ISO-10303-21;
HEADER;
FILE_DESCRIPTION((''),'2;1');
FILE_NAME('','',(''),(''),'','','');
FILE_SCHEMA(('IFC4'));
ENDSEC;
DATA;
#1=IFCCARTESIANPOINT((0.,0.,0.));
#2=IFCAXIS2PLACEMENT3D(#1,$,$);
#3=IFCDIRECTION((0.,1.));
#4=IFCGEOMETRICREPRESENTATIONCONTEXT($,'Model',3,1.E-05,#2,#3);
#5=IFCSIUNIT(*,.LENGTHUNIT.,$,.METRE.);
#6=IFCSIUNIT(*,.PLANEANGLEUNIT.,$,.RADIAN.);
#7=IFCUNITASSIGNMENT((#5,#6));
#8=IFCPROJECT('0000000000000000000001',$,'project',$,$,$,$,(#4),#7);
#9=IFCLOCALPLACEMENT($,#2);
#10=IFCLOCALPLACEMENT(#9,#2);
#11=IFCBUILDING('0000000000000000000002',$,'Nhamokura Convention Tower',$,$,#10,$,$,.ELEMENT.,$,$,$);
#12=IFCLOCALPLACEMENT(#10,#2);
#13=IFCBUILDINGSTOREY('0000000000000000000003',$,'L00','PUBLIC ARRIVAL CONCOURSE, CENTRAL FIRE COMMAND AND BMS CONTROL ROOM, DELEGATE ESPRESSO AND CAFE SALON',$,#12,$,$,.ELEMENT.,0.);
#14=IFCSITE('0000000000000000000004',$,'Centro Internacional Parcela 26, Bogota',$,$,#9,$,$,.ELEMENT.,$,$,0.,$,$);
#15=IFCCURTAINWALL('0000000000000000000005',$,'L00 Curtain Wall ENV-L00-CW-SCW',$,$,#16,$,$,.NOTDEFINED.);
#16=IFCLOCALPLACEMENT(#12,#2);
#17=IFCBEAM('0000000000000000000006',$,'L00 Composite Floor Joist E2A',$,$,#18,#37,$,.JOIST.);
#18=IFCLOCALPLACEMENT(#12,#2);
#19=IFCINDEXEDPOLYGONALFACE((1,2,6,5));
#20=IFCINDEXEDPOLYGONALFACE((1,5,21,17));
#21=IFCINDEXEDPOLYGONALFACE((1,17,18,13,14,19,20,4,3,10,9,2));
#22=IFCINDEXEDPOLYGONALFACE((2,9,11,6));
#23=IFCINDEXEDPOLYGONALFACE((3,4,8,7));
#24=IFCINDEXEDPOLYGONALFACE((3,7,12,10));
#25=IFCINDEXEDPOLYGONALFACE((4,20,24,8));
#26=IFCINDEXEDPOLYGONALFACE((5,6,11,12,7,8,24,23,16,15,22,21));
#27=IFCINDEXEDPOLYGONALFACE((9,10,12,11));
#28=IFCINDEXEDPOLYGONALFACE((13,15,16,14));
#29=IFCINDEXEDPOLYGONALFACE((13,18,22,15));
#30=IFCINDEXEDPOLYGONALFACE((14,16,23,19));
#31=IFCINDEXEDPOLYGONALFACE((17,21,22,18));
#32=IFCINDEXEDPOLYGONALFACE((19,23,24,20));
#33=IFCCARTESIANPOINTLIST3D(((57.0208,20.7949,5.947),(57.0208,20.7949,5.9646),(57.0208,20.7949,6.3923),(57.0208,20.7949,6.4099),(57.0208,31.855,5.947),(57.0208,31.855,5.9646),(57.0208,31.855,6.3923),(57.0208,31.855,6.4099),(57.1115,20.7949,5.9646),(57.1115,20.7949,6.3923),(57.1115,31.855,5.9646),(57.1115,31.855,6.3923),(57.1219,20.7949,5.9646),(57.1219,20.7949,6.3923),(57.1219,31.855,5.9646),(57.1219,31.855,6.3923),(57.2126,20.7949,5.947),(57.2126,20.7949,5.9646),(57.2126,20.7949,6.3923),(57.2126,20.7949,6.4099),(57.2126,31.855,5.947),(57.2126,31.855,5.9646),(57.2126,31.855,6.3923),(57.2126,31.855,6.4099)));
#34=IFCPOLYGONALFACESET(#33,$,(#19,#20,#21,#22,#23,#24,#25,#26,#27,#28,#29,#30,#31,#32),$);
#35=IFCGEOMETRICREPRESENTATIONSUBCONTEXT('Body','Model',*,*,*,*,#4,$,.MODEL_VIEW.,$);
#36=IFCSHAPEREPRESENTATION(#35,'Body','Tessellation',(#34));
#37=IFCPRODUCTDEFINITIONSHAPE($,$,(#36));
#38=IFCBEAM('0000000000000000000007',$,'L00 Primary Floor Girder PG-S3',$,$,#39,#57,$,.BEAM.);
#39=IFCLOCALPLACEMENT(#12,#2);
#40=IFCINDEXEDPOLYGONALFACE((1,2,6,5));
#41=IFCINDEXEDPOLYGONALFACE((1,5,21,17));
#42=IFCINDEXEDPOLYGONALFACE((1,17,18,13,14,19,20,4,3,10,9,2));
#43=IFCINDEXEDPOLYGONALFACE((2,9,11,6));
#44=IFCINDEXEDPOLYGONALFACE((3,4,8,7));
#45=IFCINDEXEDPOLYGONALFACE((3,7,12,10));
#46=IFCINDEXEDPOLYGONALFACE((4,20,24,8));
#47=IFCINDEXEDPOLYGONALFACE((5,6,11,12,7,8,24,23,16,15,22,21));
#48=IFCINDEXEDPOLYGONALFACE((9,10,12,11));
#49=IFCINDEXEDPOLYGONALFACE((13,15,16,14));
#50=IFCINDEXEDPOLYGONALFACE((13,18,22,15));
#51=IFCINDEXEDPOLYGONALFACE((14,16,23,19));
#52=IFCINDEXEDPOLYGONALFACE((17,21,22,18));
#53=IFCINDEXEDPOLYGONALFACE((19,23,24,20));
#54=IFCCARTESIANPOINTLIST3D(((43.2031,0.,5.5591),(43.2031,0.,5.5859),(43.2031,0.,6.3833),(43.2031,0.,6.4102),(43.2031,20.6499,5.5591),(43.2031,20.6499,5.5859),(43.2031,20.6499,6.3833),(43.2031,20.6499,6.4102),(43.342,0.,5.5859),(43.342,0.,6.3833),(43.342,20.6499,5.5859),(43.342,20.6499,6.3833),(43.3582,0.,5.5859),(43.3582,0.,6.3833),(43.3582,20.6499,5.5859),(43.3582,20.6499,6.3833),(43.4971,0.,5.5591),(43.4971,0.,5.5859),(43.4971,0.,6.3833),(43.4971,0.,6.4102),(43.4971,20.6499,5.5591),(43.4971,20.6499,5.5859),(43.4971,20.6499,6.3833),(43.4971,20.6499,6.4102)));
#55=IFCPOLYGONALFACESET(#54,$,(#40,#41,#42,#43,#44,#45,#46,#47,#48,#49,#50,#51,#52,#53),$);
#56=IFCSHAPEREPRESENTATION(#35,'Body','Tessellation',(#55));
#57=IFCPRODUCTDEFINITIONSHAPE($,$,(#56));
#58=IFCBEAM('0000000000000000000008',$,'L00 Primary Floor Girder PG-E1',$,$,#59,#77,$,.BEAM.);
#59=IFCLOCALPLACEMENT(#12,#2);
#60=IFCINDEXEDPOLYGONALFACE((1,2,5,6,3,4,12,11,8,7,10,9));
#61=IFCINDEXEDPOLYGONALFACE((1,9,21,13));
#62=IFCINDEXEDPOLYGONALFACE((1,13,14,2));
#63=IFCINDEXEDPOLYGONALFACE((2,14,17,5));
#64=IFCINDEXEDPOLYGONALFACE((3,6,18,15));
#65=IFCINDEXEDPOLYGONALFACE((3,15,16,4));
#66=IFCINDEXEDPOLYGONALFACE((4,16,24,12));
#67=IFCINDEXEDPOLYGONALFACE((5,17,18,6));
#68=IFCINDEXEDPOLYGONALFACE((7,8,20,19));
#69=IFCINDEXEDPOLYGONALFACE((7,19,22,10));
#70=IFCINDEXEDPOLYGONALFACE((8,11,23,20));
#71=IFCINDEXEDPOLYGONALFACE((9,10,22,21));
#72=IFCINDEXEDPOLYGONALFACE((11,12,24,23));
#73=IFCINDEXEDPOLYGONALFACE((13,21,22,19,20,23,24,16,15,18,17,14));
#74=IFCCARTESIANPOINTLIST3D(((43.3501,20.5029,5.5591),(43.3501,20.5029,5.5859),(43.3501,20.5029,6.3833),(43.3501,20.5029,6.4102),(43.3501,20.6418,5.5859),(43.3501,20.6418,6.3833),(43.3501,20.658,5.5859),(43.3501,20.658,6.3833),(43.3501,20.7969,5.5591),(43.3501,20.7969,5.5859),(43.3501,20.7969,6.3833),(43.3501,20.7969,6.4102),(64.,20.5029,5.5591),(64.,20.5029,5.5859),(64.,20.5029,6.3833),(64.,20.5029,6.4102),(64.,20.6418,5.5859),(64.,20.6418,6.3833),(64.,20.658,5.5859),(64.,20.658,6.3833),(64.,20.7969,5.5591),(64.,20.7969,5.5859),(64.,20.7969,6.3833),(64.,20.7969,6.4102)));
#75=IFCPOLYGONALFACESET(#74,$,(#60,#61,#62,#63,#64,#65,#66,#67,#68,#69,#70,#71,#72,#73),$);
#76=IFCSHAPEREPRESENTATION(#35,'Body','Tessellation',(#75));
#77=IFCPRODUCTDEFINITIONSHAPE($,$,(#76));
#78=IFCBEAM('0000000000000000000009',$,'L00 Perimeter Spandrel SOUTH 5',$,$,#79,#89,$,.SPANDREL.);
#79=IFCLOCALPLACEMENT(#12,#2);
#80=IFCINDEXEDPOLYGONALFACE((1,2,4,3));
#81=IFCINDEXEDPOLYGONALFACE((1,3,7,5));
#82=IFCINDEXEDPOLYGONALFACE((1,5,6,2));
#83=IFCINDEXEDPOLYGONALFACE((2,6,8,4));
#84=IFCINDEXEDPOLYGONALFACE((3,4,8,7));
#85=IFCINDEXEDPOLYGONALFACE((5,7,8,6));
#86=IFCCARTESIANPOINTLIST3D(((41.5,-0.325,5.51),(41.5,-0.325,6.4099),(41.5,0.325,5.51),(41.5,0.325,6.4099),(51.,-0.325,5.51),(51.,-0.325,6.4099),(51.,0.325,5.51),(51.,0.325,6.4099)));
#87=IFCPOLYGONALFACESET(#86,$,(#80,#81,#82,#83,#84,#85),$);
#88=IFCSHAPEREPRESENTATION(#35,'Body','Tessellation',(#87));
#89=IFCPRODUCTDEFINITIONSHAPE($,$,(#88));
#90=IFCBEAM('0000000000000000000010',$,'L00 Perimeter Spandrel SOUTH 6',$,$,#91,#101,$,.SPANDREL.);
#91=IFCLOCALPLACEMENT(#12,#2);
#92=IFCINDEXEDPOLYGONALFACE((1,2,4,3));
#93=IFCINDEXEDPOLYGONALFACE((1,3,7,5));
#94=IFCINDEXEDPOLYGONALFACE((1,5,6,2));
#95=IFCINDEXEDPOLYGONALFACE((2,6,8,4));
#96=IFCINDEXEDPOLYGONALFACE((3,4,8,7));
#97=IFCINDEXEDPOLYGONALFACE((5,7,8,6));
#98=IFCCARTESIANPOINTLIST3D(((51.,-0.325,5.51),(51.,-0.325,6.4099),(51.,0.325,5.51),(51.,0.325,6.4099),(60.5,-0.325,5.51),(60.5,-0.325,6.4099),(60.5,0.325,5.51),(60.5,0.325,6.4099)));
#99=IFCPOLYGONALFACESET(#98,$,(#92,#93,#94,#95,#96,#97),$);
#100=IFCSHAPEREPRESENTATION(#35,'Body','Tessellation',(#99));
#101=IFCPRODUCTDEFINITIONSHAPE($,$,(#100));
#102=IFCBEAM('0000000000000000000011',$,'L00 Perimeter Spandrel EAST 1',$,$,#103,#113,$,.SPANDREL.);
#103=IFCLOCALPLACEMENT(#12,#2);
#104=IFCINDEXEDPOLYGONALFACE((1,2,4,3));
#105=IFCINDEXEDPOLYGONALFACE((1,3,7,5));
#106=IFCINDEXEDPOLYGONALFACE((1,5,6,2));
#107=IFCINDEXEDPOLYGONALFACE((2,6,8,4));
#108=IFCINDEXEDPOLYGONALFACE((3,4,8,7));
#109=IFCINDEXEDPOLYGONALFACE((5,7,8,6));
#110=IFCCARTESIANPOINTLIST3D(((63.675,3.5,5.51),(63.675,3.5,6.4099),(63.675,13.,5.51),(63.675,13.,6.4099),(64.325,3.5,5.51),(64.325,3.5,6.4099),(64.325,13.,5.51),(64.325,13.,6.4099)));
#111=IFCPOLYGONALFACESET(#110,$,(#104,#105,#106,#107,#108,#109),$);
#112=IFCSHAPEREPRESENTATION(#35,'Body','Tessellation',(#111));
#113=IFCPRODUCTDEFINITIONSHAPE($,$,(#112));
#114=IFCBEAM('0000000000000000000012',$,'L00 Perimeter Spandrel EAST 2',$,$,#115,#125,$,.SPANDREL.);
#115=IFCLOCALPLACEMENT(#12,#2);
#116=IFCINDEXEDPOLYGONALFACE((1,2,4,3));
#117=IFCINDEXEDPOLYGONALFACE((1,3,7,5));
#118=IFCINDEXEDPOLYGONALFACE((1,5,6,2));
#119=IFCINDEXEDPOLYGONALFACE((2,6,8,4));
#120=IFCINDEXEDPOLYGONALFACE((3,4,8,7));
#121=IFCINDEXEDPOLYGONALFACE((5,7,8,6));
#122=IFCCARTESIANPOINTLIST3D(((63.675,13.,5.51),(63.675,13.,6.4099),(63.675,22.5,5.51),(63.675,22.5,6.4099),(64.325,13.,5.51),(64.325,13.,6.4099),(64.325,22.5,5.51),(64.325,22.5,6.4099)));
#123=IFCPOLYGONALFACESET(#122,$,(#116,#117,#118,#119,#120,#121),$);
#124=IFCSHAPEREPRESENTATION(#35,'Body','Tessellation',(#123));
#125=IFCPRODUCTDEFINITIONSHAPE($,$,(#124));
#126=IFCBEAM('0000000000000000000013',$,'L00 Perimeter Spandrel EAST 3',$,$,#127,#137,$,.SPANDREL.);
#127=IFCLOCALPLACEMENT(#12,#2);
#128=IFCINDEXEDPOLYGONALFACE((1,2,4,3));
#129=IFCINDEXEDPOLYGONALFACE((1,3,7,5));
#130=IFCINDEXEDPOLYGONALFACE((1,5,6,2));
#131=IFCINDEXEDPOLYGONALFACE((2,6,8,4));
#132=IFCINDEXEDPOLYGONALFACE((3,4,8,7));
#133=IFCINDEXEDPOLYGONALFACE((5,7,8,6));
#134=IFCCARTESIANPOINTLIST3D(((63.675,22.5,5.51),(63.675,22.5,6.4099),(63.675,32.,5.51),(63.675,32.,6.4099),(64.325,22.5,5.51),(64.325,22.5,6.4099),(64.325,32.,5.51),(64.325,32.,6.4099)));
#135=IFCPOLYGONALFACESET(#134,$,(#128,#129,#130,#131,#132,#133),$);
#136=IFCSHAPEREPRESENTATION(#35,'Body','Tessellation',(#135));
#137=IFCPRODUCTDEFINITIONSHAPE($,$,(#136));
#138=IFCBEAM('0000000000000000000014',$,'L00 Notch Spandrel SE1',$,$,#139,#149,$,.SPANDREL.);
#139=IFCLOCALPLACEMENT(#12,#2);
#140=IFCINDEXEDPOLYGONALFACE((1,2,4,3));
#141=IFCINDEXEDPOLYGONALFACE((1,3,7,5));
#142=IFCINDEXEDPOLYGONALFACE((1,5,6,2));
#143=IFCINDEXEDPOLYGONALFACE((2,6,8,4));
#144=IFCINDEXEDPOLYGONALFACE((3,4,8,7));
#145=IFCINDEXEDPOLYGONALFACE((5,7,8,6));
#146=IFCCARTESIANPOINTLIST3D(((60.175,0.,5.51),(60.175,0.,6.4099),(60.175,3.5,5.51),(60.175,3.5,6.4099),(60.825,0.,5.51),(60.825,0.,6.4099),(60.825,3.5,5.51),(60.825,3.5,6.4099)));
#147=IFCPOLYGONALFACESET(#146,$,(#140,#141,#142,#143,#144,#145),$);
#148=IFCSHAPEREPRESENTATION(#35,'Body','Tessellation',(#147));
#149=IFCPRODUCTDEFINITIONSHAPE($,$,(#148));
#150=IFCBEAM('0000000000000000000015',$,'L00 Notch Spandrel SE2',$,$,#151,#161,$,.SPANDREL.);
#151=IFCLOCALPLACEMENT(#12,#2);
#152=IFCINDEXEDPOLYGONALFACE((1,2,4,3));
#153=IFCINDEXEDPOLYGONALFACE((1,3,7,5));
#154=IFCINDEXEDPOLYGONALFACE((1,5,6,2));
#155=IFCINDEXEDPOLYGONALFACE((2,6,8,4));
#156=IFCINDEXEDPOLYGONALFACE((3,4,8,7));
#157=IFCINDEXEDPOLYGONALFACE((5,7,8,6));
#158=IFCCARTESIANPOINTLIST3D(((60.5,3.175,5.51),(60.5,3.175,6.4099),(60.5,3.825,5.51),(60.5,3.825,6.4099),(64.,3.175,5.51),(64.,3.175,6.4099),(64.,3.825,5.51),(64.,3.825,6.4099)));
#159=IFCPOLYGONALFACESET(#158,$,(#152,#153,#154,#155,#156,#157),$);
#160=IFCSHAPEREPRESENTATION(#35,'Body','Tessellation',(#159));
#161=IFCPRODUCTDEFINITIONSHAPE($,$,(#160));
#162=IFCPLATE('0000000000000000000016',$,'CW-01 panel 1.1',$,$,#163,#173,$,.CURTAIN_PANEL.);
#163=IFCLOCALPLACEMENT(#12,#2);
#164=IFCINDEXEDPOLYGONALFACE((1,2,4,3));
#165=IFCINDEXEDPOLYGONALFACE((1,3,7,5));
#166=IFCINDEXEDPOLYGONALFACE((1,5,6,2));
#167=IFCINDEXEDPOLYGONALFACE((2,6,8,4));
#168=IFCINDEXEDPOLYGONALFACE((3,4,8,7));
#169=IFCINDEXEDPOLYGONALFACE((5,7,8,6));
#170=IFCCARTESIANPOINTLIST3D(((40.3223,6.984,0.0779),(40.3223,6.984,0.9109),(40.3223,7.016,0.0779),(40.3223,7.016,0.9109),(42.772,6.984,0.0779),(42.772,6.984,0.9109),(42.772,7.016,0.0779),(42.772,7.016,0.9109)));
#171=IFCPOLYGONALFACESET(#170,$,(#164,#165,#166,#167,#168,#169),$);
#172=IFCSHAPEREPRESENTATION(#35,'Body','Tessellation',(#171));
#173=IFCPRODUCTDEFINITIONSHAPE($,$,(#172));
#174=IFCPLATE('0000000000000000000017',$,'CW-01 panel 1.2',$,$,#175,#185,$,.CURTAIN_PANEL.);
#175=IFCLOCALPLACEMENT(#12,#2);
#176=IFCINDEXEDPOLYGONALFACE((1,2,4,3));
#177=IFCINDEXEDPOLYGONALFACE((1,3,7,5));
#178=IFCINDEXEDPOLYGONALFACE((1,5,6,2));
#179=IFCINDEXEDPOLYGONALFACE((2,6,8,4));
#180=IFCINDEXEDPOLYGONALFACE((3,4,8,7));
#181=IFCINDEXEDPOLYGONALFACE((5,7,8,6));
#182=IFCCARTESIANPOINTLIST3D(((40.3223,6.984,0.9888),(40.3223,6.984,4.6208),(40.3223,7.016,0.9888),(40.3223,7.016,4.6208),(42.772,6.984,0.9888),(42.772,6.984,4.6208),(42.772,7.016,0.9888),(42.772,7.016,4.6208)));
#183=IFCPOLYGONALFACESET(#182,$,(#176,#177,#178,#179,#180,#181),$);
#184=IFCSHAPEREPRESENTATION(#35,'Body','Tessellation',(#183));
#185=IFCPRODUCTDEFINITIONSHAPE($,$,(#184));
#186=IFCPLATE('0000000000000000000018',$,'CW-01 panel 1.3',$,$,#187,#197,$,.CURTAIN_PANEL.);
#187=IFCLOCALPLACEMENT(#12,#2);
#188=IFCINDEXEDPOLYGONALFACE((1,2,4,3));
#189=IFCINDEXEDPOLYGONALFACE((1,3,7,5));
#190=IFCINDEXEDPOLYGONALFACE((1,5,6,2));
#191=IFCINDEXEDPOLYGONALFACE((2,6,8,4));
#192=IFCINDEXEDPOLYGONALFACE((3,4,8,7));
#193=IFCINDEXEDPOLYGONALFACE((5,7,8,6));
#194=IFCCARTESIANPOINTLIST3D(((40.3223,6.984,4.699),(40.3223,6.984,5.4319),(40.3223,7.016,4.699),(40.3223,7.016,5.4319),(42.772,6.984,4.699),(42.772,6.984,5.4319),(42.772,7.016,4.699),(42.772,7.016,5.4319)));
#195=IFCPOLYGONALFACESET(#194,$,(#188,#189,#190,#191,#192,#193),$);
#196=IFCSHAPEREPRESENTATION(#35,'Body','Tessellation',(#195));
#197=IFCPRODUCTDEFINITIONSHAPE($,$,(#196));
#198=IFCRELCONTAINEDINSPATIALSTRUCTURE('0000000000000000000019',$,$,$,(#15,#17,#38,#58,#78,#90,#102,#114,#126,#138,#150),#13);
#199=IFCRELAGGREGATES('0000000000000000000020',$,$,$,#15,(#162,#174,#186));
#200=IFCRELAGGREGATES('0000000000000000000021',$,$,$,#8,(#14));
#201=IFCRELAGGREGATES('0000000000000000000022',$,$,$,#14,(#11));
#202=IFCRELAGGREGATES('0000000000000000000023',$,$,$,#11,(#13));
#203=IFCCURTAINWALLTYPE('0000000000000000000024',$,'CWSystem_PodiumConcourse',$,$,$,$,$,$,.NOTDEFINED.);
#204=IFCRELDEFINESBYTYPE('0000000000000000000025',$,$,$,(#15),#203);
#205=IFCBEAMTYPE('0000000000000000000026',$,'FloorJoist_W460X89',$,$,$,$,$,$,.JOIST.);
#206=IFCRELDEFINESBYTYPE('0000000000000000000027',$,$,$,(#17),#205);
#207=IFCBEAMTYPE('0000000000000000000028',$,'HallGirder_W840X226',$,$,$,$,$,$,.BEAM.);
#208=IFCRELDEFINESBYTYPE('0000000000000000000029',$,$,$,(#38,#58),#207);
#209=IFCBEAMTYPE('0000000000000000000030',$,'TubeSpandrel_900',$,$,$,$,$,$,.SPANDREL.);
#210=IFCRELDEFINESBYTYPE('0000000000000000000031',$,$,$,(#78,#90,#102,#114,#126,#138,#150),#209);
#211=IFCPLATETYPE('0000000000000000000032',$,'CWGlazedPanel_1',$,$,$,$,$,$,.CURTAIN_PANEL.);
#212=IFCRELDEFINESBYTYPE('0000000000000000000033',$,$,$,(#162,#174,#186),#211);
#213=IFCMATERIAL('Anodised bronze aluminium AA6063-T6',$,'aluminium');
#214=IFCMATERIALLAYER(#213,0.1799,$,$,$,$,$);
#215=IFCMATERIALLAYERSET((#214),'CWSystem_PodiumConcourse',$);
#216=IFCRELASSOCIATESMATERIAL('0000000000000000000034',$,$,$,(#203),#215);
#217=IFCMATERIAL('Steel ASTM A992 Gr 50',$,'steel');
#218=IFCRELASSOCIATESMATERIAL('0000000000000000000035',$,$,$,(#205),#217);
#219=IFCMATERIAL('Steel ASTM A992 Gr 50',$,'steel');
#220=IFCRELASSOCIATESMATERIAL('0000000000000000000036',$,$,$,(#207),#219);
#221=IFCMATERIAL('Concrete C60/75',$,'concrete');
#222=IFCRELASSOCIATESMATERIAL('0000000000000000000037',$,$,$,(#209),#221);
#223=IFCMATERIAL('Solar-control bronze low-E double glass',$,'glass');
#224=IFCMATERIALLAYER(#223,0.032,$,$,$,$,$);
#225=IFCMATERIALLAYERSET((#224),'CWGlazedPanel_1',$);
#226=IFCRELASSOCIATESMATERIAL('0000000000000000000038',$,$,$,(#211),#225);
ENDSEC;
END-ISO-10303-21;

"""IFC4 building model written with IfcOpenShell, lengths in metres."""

from ifc_helpers import new_model, si_unit, direction, frame, origin, origin_2d, place, context, subcontext, project, spatial, rectangle, i_section, extrude, material, layer, layer_set, material_profile, profile_set, type_object, element, aggregate, save


model = new_model("IFC4")

# Units and contexts
model_context = context("Model", 3, precision=1e-05, world=origin(), true_north=direction((0.0, 1.0)))
body_context = subcontext(model_context, "Body", "Model", "MODEL_VIEW")
ifc_project = project(units=[si_unit("LENGTHUNIT", "METRE"), si_unit("PLANEANGLEUNIT", "RADIAN")], contexts=[model_context])

# Site, building, storey
site_placement = place(None, origin())
site = spatial("IfcSite", under=ifc_project, at=site_placement, Name="Centro Internacional Parcela 26, Bogota", CompositionType="ELEMENT", RefElevation=0.0)
building_placement = place(site_placement, origin())
building = spatial("IfcBuilding", under=site, at=building_placement, Name="Nhamokura Convention Tower", CompositionType="ELEMENT")
storey_placement = place(building_placement, origin())
storey = spatial("IfcBuildingStorey", under=building, at=storey_placement, Name="L00", Description="PUBLIC ARRIVAL CONCOURSE, CENTRAL FIRE COMMAND AND BMS CONTROL ROOM, DELEGATE ESPRESSO AND CAFE SALON", CompositionType="ELEMENT", Elevation=0.0)

# Curtain wall
ifc_material_1 = material(Name="Anodised bronze aluminium AA6063-T6", Category="aluminium")
ifc_layer_1 = layer(ifc_material_1, 0.1799)
ifc_layer_set_1 = layer_set([ifc_layer_1], Name="CWSystem_PodiumConcourse")
curtain_wall_type = type_object("IfcCurtainWallType", Name="CWSystem_PodiumConcourse", PredefinedType="NOTDEFINED", material=ifc_layer_set_1)
curtain_wall_placement = place(storey_placement, origin())
curtain_wall = element("IfcCurtainWall", 1, at=curtain_wall_placement, inside=storey, type_object=curtain_wall_type, Name="L00 Curtain Wall ENV-L00-CW-SCW", PredefinedType="NOTDEFINED")

# Beams
ifc_material_2 = material(Name="Steel ASTM A992 Gr 50", Category="steel")
ifc_material_profile_1 = material_profile(ifc_material_2, i_section(OverallWidth=0.1919, OverallDepth=0.4629, WebThickness=0.0105, FlangeThickness=0.0176, at=origin_2d()))
ifc_profile_set_1 = profile_set([ifc_material_profile_1], Name="Steel ASTM A992 Gr 50")
beam_type_1 = type_object("IfcBeamType", Name="FloorJoist_W460X89", PredefinedType="JOIST", material=ifc_profile_set_1)
for number, where, z_axis, x_axis, name in (
    (2, (57.1167, 20.7949, 6.1785), (0.0, 1.0, 0.0), (-1.0, 0.0, 0.0), "L00 Composite Floor Joist E2A"),
):
    element("IfcBeam", number, at=place(storey_placement, frame(where, z_axis=z_axis, x_axis=x_axis)), inside=storey, type_object=beam_type_1, Name=name, PredefinedType="JOIST", context=body_context, shape_type="SweptSolid", body=[
        extrude(i_section(OverallWidth=0.1919, OverallDepth=0.4629, WebThickness=0.0105, FlangeThickness=0.0176, at=origin_2d()), origin(), (0.0, 0.0, 1.0), 11.0601),
    ])
ifc_material_3 = material(Name="Steel ASTM A992 Gr 50", Category="steel")
ifc_material_profile_2 = material_profile(ifc_material_3, i_section(OverallWidth=0.2939, OverallDepth=0.8511, WebThickness=0.0161, FlangeThickness=0.0269, at=origin_2d()))
ifc_profile_set_2 = profile_set([ifc_material_profile_2], Name="Steel ASTM A992 Gr 50")
beam_type_2 = type_object("IfcBeamType", Name="HallGirder_W840X226", PredefinedType="BEAM", material=ifc_profile_set_2)
for number, where, z_axis, x_axis, name in (
    (3, (43.3501, 0.0, 5.9846), (0.0, 1.0, 0.0), (-1.0, 0.0, 0.0), "L00 Primary Floor Girder PG-S3"),
    (4, (43.3501, 20.6499, 5.9846), (1.0, 0.0, 0.0), (0.0, 1.0, 0.0), "L00 Primary Floor Girder PG-E1"),
):
    element("IfcBeam", number, at=place(storey_placement, frame(where, z_axis=z_axis, x_axis=x_axis)), inside=storey, type_object=beam_type_2, Name=name, PredefinedType="BEAM", context=body_context, shape_type="SweptSolid", body=[
        extrude(i_section(OverallWidth=0.2939, OverallDepth=0.8511, WebThickness=0.0161, FlangeThickness=0.0269, at=origin_2d()), origin(), (0.0, 0.0, 1.0), 20.6499),
    ])
ifc_material_4 = material(Name="Concrete C60/75", Category="concrete")
ifc_material_profile_3 = material_profile(ifc_material_4, rectangle(XDim=0.6499, YDim=0.8999, at=origin_2d()))
ifc_profile_set_3 = profile_set([ifc_material_profile_3], Name="Concrete C60/75")
beam_type_3 = type_object("IfcBeamType", Name="TubeSpandrel_900", PredefinedType="SPANDREL", material=ifc_profile_set_3)
for number, where, z_axis, x_axis, name in (
    (5, (41.5, 0.0, 5.96), (1.0, 0.0, 0.0), (0.0, 1.0, 0.0), "L00 Perimeter Spandrel SOUTH 5"),
    (6, (51.0, 0.0, 5.96), (1.0, 0.0, 0.0), (0.0, 1.0, 0.0), "L00 Perimeter Spandrel SOUTH 6"),
    (7, (64.0, 3.5, 5.96), (0.0, 1.0, 0.0), (-1.0, 0.0, 0.0), "L00 Perimeter Spandrel EAST 1"),
    (8, (64.0, 13.0, 5.96), (0.0, 1.0, 0.0), (-1.0, 0.0, 0.0), "L00 Perimeter Spandrel EAST 2"),
    (9, (64.0, 22.5, 5.96), (0.0, 1.0, 0.0), (-1.0, 0.0, 0.0), "L00 Perimeter Spandrel EAST 3"),
):
    element("IfcBeam", number, at=place(storey_placement, frame(where, z_axis=z_axis, x_axis=x_axis)), inside=storey, type_object=beam_type_3, Name=name, PredefinedType="SPANDREL", context=body_context, shape_type="SweptSolid", body=[
        extrude(rectangle(XDim=0.6499, YDim=0.8999, at=origin_2d()), origin(), (0.0, 0.0, 1.0), 9.5),
    ])
for number, where, z_axis, x_axis, name in (
    (10, (60.5, 0.0, 5.96), (0.0, 1.0, 0.0), (-1.0, 0.0, 0.0), "L00 Notch Spandrel SE1"),
    (11, (60.5, 3.5, 5.96), (1.0, 0.0, 0.0), (0.0, 1.0, 0.0), "L00 Notch Spandrel SE2"),
):
    element("IfcBeam", number, at=place(storey_placement, frame(where, z_axis=z_axis, x_axis=x_axis)), inside=storey, type_object=beam_type_3, Name=name, PredefinedType="SPANDREL", context=body_context, shape_type="SweptSolid", body=[
        extrude(rectangle(XDim=0.6499, YDim=0.8999, at=origin_2d()), origin(), (0.0, 0.0, 1.0), 3.5),
    ])

# Plates
ifc_material_5 = material(Name="Solar-control bronze low-E double glass", Category="glass")
ifc_layer_2 = layer(ifc_material_5, 0.032)
ifc_layer_set_2 = layer_set([ifc_layer_2], Name="CWGlazedPanel_1")
plate_type = type_object("IfcPlateType", Name="CWGlazedPanel_1", PredefinedType="CURTAIN_PANEL", material=ifc_layer_set_2)
plate_1_placement = place(storey_placement, frame((41.5471, 7.0, 0.0779), z_axis=(0.0, 0.0, 1.0), x_axis=(-1.0, 0.0, 0.0)))
plate_1 = element("IfcPlate", 12, at=plate_1_placement, type_object=plate_type, Name="CW-01 panel 1.1", PredefinedType="CURTAIN_PANEL", context=body_context, shape_type="SweptSolid", body=[
    extrude(rectangle(XDim=2.4497, YDim=0.032, at=origin_2d()), origin(), (0.0, 0.0, 1.0), 0.833),
])
plate_2_placement = place(storey_placement, frame((41.5471, 7.0, 0.9888), z_axis=(0.0, 0.0, 1.0), x_axis=(-1.0, 0.0, 0.0)))
plate_2 = element("IfcPlate", 13, at=plate_2_placement, type_object=plate_type, Name="CW-01 panel 1.2", PredefinedType="CURTAIN_PANEL", context=body_context, shape_type="SweptSolid", body=[
    extrude(rectangle(XDim=2.4497, YDim=0.032, at=origin_2d()), origin(), (0.0, 0.0, 1.0), 3.6321),
])
plate_3_placement = place(storey_placement, frame((41.5471, 7.0, 4.699), z_axis=(0.0, 0.0, 1.0), x_axis=(-1.0, 0.0, 0.0)))
plate_3 = element("IfcPlate", 14, at=plate_3_placement, type_object=plate_type, Name="CW-01 panel 1.3", PredefinedType="CURTAIN_PANEL", context=body_context, shape_type="SweptSolid", body=[
    extrude(rectangle(XDim=2.4497, YDim=0.032, at=origin_2d()), origin(), (0.0, 0.0, 1.0), 0.7329),
])
aggregate(curtain_wall, [plate_1, plate_2, plate_3])

save(model, "model.ifc")
